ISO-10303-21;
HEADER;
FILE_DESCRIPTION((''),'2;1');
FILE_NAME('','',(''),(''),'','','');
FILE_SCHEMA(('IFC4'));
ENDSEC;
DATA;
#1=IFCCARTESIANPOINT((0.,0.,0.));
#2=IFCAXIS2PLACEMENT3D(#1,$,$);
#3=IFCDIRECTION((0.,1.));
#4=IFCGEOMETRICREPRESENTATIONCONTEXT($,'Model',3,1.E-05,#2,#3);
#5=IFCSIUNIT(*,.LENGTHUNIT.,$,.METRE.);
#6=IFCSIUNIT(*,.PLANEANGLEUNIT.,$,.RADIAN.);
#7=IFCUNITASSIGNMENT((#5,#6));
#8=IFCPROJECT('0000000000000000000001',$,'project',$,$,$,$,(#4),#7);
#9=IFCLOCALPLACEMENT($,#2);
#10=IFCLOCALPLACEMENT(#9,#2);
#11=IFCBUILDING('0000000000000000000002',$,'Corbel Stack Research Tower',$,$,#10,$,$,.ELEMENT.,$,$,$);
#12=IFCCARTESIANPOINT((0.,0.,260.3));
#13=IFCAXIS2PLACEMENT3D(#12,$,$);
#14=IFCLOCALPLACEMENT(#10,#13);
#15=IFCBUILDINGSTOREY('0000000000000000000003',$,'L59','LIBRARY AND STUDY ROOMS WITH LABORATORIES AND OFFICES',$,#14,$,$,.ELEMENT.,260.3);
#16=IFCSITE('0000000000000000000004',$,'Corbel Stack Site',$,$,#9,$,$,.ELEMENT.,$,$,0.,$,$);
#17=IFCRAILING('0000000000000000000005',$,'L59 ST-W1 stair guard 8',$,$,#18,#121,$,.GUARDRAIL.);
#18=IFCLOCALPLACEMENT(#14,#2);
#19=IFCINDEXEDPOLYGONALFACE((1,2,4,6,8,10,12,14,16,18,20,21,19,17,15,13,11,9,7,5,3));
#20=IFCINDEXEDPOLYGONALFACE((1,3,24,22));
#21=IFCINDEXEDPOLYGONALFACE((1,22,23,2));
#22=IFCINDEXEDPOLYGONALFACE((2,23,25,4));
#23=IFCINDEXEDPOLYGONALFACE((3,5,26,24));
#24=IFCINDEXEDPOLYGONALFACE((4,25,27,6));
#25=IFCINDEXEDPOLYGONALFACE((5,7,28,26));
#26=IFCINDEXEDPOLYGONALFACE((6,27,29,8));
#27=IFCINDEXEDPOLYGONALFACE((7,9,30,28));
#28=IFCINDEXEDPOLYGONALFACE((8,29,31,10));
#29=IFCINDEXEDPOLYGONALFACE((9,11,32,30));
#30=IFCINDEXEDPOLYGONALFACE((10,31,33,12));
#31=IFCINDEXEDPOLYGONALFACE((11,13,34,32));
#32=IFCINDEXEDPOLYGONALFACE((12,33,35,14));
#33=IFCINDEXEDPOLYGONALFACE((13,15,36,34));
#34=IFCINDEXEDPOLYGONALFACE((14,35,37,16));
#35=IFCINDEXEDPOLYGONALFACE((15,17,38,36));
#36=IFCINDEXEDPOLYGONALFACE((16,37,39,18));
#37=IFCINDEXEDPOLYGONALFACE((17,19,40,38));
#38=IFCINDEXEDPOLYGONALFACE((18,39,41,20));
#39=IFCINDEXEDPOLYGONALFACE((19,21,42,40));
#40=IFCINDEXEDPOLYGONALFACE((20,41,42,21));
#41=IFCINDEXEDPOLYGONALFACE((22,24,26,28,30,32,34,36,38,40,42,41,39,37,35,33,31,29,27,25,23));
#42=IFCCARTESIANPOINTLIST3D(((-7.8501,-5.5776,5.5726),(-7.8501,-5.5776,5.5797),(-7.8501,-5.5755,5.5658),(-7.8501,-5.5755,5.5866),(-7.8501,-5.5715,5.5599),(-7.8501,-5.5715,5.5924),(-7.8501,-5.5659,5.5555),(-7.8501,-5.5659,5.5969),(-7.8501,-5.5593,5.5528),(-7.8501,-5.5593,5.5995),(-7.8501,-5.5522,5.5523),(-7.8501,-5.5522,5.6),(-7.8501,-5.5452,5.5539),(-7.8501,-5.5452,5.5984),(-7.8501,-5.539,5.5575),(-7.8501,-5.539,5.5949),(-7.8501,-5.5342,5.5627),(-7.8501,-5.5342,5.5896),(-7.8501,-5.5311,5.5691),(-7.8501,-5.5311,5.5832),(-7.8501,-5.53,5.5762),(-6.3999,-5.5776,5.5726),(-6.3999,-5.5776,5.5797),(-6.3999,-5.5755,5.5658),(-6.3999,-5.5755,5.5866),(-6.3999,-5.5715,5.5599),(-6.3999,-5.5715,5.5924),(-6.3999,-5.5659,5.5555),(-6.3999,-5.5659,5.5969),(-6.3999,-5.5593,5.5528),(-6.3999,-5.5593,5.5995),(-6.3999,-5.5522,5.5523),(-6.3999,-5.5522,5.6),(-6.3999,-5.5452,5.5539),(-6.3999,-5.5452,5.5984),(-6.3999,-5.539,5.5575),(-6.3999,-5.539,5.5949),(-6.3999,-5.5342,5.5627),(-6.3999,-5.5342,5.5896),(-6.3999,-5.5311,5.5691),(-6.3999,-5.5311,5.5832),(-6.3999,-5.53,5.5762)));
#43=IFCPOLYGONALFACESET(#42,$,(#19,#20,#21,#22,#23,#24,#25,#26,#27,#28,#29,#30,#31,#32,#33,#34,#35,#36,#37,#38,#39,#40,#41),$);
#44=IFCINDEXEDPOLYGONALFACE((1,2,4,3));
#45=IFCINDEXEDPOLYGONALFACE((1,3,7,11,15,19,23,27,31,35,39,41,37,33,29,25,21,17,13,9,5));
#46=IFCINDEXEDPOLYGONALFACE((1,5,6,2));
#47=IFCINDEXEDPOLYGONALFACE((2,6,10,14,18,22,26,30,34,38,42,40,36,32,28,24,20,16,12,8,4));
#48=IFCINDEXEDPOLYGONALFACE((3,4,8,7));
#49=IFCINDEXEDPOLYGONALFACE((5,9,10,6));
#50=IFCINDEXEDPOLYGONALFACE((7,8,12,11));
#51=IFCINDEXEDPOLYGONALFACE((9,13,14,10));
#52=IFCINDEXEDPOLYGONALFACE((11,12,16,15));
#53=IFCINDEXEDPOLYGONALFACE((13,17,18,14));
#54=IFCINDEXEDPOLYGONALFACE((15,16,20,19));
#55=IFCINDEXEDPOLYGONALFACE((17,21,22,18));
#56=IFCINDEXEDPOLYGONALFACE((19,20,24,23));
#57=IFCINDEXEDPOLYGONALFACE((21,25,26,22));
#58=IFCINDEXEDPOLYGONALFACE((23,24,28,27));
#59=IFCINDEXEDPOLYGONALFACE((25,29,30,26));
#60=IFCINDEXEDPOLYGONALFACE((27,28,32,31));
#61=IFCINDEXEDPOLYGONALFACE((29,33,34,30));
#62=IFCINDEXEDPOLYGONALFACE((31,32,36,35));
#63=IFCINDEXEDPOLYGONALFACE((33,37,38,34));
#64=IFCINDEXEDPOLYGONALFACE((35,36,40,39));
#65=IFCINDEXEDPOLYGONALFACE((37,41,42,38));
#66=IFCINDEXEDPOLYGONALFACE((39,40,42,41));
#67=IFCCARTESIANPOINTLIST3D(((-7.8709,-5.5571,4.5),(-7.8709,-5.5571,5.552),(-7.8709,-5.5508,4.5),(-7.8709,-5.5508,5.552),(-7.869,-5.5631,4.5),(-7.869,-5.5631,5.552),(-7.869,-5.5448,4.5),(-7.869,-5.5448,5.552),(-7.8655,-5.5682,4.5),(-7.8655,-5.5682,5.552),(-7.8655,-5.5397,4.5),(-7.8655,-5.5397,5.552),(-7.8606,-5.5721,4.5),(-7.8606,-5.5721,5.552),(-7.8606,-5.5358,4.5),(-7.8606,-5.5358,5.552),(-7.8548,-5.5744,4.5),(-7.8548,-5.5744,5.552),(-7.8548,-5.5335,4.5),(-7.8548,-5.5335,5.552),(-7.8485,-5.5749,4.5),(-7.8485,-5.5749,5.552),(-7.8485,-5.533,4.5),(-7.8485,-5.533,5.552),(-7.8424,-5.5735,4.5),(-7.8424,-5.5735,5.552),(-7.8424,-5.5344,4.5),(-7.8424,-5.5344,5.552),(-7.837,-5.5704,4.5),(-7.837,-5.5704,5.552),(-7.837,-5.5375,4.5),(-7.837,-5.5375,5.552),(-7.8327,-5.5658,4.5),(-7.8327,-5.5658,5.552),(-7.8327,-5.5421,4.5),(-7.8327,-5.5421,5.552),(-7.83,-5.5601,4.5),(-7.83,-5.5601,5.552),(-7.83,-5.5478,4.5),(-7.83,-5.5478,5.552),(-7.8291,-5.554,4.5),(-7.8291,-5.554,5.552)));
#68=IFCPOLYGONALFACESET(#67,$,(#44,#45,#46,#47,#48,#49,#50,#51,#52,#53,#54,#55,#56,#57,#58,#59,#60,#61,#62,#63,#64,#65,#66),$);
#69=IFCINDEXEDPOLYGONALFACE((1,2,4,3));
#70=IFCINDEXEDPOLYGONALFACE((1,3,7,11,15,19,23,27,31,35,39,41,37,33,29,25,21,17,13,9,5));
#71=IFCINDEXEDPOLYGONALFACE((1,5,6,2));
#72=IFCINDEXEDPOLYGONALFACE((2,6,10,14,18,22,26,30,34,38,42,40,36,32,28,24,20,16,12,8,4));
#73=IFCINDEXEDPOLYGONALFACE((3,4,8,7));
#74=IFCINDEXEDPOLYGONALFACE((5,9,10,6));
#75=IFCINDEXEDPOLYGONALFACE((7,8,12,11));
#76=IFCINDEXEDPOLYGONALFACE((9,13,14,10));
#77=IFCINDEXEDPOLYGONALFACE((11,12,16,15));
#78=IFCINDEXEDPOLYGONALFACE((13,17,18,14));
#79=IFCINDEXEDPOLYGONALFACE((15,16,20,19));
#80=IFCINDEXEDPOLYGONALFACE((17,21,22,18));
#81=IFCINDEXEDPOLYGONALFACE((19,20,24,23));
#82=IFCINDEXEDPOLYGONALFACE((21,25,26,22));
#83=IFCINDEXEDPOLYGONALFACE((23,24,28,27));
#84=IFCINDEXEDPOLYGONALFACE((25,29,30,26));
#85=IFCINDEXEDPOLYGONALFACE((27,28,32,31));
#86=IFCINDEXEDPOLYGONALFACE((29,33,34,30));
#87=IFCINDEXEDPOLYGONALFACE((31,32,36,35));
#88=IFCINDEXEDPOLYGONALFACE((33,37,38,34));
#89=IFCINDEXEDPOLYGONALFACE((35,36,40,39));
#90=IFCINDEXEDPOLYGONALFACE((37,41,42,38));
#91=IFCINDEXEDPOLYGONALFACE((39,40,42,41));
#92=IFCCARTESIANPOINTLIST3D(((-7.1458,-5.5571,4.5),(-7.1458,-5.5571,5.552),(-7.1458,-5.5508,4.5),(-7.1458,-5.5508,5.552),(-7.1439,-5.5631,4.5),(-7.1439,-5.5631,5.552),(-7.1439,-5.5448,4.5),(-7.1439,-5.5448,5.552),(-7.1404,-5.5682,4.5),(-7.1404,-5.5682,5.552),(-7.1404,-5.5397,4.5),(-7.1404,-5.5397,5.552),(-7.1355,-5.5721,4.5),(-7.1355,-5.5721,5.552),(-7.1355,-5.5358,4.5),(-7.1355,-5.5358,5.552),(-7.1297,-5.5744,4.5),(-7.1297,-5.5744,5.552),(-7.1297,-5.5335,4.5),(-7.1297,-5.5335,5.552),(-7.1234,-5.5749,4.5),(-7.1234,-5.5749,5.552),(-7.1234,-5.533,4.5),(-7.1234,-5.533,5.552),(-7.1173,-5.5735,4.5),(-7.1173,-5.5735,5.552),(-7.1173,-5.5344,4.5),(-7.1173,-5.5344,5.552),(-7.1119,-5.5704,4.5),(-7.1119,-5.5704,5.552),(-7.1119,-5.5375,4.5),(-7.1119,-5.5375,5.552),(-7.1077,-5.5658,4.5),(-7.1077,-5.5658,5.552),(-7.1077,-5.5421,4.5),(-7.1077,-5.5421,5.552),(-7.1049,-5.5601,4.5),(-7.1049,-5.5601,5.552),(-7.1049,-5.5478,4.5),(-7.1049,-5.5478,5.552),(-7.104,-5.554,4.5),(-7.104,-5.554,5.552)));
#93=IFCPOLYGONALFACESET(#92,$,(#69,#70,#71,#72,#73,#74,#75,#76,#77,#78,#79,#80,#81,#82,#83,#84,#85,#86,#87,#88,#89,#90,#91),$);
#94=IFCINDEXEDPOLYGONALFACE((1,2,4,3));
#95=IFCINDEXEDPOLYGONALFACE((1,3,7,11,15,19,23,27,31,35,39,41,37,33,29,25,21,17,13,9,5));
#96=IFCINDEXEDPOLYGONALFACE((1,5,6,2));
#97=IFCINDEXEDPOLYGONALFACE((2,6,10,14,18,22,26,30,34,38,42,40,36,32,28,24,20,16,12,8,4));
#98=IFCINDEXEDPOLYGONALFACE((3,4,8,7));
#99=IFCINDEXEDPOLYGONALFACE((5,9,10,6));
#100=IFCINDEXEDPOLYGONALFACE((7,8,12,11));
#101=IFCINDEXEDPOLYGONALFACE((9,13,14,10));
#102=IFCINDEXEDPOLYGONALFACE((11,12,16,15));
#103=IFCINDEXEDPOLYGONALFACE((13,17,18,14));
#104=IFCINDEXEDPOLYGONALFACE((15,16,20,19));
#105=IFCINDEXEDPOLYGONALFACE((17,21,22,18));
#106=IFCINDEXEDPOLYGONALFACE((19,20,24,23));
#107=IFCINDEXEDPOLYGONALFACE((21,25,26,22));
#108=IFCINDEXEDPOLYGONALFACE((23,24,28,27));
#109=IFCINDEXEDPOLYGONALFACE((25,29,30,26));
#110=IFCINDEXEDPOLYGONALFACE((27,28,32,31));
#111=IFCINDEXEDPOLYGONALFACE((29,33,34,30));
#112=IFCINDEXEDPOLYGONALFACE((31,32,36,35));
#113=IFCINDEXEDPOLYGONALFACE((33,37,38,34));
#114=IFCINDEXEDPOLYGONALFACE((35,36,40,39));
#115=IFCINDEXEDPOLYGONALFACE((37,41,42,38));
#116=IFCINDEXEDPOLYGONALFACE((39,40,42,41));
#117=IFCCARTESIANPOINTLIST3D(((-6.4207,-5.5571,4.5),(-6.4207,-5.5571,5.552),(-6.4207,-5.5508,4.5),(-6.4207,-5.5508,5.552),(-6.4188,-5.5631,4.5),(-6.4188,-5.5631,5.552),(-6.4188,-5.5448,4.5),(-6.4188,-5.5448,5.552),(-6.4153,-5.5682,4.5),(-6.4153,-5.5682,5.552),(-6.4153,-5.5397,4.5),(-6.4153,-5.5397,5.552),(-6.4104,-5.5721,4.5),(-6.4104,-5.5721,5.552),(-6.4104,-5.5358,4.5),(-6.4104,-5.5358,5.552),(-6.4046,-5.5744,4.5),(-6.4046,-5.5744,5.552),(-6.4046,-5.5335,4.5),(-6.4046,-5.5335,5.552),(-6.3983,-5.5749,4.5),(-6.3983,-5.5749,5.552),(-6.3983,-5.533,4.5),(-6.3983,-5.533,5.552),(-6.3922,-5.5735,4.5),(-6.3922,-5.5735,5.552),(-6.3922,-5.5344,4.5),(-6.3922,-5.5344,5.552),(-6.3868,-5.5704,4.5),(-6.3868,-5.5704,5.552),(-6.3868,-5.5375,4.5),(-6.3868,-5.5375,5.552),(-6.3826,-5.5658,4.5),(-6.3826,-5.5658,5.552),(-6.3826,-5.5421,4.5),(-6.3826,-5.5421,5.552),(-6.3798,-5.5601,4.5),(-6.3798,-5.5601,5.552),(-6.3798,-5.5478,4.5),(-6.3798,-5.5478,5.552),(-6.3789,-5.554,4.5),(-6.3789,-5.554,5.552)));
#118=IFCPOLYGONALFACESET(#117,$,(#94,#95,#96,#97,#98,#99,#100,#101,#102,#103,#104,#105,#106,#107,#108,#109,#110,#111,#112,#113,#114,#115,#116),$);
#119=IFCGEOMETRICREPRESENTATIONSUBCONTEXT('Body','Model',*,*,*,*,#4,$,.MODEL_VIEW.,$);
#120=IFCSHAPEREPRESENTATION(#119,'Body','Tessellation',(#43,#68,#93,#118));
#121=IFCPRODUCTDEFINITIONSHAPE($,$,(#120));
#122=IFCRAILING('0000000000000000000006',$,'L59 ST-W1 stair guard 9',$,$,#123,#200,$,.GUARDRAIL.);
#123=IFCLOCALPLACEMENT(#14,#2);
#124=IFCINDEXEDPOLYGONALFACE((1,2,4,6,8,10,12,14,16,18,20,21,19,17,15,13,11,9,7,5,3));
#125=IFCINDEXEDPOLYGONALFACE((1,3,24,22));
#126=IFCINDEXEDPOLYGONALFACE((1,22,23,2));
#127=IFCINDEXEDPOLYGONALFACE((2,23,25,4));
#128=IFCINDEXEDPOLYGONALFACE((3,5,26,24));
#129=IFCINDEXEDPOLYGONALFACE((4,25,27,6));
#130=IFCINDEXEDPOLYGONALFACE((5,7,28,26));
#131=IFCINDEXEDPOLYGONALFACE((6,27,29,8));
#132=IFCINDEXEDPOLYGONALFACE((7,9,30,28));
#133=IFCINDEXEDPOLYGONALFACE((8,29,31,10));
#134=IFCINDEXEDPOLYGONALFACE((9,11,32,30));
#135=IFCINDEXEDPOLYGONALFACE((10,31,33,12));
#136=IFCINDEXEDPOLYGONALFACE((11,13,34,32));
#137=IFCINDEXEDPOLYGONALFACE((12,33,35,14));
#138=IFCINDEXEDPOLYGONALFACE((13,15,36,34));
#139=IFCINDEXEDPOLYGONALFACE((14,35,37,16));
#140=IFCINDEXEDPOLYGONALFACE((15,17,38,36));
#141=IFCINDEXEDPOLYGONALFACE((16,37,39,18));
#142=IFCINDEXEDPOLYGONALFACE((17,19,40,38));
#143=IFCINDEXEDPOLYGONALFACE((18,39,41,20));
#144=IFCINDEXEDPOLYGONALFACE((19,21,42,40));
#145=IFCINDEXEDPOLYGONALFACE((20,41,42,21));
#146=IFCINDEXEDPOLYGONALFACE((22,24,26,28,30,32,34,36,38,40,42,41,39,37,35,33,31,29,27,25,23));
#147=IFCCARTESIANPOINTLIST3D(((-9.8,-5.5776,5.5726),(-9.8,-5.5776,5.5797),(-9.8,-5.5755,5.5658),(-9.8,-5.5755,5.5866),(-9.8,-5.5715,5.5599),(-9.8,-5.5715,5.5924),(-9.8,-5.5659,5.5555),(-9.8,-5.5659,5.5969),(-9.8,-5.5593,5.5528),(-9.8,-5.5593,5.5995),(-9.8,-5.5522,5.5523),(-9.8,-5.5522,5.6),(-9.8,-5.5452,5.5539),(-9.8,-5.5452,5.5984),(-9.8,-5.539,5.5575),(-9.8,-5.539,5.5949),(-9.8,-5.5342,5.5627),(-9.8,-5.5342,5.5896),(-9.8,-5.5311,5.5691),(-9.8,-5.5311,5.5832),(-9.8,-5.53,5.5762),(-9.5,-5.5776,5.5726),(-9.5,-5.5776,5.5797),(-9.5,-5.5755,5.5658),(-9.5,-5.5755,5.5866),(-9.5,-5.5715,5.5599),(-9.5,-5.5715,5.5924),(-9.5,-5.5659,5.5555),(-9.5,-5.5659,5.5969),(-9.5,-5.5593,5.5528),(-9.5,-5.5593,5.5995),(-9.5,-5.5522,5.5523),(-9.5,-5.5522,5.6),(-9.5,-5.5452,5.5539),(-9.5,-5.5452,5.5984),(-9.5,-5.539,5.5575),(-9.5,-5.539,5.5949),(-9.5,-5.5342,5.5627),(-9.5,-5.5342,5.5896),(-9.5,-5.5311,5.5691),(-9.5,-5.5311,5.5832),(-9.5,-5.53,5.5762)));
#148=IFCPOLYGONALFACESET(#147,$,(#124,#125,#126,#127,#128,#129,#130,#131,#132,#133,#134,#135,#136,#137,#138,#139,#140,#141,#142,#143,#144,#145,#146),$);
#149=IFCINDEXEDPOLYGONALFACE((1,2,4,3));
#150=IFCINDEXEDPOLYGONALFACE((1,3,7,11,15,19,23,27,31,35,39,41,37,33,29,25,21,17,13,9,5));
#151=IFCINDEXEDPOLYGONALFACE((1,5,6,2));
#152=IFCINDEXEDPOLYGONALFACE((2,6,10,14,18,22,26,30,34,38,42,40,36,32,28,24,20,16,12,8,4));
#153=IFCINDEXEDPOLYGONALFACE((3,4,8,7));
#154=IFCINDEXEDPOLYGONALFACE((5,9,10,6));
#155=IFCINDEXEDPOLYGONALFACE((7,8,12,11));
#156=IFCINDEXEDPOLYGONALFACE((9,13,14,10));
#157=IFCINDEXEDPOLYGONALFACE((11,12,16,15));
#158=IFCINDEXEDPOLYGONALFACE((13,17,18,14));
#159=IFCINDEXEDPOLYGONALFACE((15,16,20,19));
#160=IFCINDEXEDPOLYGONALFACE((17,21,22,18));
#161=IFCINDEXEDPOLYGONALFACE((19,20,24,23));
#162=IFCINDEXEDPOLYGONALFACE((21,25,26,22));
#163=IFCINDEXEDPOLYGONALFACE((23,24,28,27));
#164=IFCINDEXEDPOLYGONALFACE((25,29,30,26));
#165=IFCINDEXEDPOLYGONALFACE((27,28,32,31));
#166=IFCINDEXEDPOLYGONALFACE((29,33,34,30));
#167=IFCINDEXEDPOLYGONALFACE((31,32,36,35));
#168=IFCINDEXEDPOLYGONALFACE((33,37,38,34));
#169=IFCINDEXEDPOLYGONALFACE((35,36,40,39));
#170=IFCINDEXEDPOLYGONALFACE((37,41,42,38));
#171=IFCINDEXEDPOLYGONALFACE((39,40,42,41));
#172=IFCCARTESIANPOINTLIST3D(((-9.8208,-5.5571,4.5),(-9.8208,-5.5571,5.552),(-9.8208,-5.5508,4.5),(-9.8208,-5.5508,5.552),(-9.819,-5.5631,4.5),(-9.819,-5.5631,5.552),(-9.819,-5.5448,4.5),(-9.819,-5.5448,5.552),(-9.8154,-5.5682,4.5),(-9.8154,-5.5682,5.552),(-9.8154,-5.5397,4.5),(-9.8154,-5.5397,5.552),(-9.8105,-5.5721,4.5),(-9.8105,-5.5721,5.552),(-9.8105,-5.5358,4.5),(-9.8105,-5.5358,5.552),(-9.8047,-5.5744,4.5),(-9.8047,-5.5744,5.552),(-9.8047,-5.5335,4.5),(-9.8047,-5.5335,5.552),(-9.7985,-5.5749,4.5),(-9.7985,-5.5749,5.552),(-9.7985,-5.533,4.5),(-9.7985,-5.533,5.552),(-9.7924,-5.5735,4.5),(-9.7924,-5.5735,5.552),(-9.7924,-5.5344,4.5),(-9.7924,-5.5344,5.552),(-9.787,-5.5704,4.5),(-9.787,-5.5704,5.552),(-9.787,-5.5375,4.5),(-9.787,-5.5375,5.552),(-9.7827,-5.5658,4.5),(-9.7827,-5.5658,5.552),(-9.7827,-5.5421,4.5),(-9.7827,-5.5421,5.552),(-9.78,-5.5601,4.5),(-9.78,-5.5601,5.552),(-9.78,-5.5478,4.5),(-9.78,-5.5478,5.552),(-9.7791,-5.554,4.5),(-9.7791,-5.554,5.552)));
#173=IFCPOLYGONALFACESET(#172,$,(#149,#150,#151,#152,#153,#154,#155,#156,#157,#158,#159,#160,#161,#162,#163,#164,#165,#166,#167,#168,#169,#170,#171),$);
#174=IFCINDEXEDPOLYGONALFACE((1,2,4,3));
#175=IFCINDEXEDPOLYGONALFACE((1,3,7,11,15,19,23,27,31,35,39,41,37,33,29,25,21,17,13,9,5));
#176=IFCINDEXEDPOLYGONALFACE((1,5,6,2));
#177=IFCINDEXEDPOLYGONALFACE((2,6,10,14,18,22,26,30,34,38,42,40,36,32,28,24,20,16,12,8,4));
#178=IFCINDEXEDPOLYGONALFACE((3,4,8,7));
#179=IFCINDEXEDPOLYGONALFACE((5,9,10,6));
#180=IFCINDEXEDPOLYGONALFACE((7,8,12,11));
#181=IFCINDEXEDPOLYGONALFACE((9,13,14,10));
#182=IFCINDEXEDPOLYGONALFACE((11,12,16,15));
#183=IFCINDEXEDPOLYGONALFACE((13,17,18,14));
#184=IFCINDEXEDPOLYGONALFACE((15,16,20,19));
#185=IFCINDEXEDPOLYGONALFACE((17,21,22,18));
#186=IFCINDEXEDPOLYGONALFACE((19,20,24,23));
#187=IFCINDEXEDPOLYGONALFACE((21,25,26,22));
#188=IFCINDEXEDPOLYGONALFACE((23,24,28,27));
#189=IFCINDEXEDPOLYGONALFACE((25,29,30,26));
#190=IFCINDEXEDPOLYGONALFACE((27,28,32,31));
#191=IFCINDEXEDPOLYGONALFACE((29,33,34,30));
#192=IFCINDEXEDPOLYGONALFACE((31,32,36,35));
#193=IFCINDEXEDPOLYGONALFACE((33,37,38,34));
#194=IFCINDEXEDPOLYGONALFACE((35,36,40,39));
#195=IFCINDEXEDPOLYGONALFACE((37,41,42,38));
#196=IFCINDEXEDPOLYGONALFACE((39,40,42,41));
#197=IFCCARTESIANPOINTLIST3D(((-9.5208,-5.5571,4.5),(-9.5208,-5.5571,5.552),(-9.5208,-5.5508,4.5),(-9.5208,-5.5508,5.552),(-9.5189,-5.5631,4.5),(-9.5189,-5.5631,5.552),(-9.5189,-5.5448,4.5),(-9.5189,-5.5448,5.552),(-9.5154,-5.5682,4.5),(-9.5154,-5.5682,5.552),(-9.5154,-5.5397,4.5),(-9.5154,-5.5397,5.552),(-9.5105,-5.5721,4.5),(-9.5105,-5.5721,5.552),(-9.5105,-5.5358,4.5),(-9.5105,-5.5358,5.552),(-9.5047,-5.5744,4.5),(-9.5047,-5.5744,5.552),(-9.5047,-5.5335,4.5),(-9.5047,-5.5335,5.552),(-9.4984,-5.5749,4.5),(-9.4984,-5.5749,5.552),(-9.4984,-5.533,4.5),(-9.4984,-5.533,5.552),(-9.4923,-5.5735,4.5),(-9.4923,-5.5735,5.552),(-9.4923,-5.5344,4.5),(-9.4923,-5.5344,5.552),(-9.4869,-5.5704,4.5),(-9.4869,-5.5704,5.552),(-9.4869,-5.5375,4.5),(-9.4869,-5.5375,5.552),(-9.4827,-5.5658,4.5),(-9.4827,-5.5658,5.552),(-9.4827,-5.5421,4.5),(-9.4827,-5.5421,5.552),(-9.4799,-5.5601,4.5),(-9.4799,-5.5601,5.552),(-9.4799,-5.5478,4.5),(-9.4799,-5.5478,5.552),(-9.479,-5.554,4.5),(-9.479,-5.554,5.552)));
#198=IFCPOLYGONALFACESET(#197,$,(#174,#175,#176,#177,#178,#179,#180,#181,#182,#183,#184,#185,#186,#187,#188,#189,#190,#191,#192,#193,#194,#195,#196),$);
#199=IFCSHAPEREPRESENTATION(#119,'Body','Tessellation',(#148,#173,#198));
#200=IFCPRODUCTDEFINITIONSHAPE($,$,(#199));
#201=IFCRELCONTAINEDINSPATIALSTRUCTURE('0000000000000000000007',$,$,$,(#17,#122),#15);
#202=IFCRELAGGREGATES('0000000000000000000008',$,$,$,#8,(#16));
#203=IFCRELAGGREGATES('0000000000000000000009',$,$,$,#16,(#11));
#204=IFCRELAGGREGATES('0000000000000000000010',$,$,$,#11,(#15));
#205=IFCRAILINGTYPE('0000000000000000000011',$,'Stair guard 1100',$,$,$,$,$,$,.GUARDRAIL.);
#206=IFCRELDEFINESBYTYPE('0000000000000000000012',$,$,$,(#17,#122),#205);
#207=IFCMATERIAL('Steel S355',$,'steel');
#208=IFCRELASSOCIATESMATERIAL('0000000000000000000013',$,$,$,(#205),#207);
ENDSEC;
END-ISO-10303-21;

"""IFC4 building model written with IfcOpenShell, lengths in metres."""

from ifc_helpers import new_model, si_unit, direction, frame, origin, origin_2d, place, context, subcontext, project, spatial, circle, extrude, material, type_object, element, save


model = new_model("IFC4")

# Units and contexts
model_context = context("Model", 3, precision=1e-05, world=origin(), true_north=direction((0.0, 1.0)))
body_context = subcontext(model_context, "Body", "Model", "MODEL_VIEW")
ifc_project = project(units=[si_unit("LENGTHUNIT", "METRE"), si_unit("PLANEANGLEUNIT", "RADIAN")], contexts=[model_context])

# Site, building, storey
site_placement = place(None, origin())
site = spatial("IfcSite", under=ifc_project, at=site_placement, Name="Corbel Stack Site", CompositionType="ELEMENT", RefElevation=0.0)
building_placement = place(site_placement, origin())
building = spatial("IfcBuilding", under=site, at=building_placement, Name="Corbel Stack Research Tower", CompositionType="ELEMENT")
storey_placement = place(building_placement, frame((0.0, 0.0, 260.3)))
storey = spatial("IfcBuildingStorey", under=building, at=storey_placement, Name="L59", Description="LIBRARY AND STUDY ROOMS WITH LABORATORIES AND OFFICES", CompositionType="ELEMENT", Elevation=260.3)

# Railings
ifc_material_1 = material(Name="Steel S355", Category="steel")
railing_type = type_object("IfcRailingType", Name="Stair guard 1100", PredefinedType="GUARDRAIL", material=ifc_material_1)
railing_1_placement = place(storey_placement, frame((-7.8501, -5.554, 4.5)))
element("IfcRailing", 1, at=railing_1_placement, inside=storey, type_object=railing_type, Name="L59 ST-W1 stair guard 8", PredefinedType="GUARDRAIL", context=body_context, shape_type="SweptSolid", body=[
    extrude(circle(Radius=0.0239, at=origin_2d()), frame((0.0, 0.0, 1.0762), z_axis=(1.0, 0.0, 0.0), x_axis=(0.0, 1.0, 0.0)), (0.0, 0.0, 1.0), 1.4502),
    extrude(circle(Radius=0.021, at=origin_2d()), origin(), (0.0, 0.0, 1.0), 1.052),
    extrude(circle(Radius=0.021, at=origin_2d()), frame((0.7251, 0.0, 0.0)), (0.0, 0.0, 1.0), 1.052),
    extrude(circle(Radius=0.021, at=origin_2d()), frame((1.4502, 0.0, 0.0)), (0.0, 0.0, 1.0), 1.052),
])
railing_2_placement = place(storey_placement, frame((-9.8, -5.554, 4.5)))
element("IfcRailing", 2, at=railing_2_placement, inside=storey, type_object=railing_type, Name="L59 ST-W1 stair guard 9", PredefinedType="GUARDRAIL", context=body_context, shape_type="SweptSolid", body=[
    extrude(circle(Radius=0.0239, at=origin_2d()), frame((0.0, 0.0, 1.0762), z_axis=(1.0, 0.0, 0.0), x_axis=(0.0, 1.0, 0.0)), (0.0, 0.0, 1.0), 0.3),
    extrude(circle(Radius=0.021, at=origin_2d()), origin(), (0.0, 0.0, 1.0), 1.052),
    extrude(circle(Radius=0.021, at=origin_2d()), frame((0.3, 0.0, 0.0)), (0.0, 0.0, 1.0), 1.052),
])

save(model, "model.ifc")
